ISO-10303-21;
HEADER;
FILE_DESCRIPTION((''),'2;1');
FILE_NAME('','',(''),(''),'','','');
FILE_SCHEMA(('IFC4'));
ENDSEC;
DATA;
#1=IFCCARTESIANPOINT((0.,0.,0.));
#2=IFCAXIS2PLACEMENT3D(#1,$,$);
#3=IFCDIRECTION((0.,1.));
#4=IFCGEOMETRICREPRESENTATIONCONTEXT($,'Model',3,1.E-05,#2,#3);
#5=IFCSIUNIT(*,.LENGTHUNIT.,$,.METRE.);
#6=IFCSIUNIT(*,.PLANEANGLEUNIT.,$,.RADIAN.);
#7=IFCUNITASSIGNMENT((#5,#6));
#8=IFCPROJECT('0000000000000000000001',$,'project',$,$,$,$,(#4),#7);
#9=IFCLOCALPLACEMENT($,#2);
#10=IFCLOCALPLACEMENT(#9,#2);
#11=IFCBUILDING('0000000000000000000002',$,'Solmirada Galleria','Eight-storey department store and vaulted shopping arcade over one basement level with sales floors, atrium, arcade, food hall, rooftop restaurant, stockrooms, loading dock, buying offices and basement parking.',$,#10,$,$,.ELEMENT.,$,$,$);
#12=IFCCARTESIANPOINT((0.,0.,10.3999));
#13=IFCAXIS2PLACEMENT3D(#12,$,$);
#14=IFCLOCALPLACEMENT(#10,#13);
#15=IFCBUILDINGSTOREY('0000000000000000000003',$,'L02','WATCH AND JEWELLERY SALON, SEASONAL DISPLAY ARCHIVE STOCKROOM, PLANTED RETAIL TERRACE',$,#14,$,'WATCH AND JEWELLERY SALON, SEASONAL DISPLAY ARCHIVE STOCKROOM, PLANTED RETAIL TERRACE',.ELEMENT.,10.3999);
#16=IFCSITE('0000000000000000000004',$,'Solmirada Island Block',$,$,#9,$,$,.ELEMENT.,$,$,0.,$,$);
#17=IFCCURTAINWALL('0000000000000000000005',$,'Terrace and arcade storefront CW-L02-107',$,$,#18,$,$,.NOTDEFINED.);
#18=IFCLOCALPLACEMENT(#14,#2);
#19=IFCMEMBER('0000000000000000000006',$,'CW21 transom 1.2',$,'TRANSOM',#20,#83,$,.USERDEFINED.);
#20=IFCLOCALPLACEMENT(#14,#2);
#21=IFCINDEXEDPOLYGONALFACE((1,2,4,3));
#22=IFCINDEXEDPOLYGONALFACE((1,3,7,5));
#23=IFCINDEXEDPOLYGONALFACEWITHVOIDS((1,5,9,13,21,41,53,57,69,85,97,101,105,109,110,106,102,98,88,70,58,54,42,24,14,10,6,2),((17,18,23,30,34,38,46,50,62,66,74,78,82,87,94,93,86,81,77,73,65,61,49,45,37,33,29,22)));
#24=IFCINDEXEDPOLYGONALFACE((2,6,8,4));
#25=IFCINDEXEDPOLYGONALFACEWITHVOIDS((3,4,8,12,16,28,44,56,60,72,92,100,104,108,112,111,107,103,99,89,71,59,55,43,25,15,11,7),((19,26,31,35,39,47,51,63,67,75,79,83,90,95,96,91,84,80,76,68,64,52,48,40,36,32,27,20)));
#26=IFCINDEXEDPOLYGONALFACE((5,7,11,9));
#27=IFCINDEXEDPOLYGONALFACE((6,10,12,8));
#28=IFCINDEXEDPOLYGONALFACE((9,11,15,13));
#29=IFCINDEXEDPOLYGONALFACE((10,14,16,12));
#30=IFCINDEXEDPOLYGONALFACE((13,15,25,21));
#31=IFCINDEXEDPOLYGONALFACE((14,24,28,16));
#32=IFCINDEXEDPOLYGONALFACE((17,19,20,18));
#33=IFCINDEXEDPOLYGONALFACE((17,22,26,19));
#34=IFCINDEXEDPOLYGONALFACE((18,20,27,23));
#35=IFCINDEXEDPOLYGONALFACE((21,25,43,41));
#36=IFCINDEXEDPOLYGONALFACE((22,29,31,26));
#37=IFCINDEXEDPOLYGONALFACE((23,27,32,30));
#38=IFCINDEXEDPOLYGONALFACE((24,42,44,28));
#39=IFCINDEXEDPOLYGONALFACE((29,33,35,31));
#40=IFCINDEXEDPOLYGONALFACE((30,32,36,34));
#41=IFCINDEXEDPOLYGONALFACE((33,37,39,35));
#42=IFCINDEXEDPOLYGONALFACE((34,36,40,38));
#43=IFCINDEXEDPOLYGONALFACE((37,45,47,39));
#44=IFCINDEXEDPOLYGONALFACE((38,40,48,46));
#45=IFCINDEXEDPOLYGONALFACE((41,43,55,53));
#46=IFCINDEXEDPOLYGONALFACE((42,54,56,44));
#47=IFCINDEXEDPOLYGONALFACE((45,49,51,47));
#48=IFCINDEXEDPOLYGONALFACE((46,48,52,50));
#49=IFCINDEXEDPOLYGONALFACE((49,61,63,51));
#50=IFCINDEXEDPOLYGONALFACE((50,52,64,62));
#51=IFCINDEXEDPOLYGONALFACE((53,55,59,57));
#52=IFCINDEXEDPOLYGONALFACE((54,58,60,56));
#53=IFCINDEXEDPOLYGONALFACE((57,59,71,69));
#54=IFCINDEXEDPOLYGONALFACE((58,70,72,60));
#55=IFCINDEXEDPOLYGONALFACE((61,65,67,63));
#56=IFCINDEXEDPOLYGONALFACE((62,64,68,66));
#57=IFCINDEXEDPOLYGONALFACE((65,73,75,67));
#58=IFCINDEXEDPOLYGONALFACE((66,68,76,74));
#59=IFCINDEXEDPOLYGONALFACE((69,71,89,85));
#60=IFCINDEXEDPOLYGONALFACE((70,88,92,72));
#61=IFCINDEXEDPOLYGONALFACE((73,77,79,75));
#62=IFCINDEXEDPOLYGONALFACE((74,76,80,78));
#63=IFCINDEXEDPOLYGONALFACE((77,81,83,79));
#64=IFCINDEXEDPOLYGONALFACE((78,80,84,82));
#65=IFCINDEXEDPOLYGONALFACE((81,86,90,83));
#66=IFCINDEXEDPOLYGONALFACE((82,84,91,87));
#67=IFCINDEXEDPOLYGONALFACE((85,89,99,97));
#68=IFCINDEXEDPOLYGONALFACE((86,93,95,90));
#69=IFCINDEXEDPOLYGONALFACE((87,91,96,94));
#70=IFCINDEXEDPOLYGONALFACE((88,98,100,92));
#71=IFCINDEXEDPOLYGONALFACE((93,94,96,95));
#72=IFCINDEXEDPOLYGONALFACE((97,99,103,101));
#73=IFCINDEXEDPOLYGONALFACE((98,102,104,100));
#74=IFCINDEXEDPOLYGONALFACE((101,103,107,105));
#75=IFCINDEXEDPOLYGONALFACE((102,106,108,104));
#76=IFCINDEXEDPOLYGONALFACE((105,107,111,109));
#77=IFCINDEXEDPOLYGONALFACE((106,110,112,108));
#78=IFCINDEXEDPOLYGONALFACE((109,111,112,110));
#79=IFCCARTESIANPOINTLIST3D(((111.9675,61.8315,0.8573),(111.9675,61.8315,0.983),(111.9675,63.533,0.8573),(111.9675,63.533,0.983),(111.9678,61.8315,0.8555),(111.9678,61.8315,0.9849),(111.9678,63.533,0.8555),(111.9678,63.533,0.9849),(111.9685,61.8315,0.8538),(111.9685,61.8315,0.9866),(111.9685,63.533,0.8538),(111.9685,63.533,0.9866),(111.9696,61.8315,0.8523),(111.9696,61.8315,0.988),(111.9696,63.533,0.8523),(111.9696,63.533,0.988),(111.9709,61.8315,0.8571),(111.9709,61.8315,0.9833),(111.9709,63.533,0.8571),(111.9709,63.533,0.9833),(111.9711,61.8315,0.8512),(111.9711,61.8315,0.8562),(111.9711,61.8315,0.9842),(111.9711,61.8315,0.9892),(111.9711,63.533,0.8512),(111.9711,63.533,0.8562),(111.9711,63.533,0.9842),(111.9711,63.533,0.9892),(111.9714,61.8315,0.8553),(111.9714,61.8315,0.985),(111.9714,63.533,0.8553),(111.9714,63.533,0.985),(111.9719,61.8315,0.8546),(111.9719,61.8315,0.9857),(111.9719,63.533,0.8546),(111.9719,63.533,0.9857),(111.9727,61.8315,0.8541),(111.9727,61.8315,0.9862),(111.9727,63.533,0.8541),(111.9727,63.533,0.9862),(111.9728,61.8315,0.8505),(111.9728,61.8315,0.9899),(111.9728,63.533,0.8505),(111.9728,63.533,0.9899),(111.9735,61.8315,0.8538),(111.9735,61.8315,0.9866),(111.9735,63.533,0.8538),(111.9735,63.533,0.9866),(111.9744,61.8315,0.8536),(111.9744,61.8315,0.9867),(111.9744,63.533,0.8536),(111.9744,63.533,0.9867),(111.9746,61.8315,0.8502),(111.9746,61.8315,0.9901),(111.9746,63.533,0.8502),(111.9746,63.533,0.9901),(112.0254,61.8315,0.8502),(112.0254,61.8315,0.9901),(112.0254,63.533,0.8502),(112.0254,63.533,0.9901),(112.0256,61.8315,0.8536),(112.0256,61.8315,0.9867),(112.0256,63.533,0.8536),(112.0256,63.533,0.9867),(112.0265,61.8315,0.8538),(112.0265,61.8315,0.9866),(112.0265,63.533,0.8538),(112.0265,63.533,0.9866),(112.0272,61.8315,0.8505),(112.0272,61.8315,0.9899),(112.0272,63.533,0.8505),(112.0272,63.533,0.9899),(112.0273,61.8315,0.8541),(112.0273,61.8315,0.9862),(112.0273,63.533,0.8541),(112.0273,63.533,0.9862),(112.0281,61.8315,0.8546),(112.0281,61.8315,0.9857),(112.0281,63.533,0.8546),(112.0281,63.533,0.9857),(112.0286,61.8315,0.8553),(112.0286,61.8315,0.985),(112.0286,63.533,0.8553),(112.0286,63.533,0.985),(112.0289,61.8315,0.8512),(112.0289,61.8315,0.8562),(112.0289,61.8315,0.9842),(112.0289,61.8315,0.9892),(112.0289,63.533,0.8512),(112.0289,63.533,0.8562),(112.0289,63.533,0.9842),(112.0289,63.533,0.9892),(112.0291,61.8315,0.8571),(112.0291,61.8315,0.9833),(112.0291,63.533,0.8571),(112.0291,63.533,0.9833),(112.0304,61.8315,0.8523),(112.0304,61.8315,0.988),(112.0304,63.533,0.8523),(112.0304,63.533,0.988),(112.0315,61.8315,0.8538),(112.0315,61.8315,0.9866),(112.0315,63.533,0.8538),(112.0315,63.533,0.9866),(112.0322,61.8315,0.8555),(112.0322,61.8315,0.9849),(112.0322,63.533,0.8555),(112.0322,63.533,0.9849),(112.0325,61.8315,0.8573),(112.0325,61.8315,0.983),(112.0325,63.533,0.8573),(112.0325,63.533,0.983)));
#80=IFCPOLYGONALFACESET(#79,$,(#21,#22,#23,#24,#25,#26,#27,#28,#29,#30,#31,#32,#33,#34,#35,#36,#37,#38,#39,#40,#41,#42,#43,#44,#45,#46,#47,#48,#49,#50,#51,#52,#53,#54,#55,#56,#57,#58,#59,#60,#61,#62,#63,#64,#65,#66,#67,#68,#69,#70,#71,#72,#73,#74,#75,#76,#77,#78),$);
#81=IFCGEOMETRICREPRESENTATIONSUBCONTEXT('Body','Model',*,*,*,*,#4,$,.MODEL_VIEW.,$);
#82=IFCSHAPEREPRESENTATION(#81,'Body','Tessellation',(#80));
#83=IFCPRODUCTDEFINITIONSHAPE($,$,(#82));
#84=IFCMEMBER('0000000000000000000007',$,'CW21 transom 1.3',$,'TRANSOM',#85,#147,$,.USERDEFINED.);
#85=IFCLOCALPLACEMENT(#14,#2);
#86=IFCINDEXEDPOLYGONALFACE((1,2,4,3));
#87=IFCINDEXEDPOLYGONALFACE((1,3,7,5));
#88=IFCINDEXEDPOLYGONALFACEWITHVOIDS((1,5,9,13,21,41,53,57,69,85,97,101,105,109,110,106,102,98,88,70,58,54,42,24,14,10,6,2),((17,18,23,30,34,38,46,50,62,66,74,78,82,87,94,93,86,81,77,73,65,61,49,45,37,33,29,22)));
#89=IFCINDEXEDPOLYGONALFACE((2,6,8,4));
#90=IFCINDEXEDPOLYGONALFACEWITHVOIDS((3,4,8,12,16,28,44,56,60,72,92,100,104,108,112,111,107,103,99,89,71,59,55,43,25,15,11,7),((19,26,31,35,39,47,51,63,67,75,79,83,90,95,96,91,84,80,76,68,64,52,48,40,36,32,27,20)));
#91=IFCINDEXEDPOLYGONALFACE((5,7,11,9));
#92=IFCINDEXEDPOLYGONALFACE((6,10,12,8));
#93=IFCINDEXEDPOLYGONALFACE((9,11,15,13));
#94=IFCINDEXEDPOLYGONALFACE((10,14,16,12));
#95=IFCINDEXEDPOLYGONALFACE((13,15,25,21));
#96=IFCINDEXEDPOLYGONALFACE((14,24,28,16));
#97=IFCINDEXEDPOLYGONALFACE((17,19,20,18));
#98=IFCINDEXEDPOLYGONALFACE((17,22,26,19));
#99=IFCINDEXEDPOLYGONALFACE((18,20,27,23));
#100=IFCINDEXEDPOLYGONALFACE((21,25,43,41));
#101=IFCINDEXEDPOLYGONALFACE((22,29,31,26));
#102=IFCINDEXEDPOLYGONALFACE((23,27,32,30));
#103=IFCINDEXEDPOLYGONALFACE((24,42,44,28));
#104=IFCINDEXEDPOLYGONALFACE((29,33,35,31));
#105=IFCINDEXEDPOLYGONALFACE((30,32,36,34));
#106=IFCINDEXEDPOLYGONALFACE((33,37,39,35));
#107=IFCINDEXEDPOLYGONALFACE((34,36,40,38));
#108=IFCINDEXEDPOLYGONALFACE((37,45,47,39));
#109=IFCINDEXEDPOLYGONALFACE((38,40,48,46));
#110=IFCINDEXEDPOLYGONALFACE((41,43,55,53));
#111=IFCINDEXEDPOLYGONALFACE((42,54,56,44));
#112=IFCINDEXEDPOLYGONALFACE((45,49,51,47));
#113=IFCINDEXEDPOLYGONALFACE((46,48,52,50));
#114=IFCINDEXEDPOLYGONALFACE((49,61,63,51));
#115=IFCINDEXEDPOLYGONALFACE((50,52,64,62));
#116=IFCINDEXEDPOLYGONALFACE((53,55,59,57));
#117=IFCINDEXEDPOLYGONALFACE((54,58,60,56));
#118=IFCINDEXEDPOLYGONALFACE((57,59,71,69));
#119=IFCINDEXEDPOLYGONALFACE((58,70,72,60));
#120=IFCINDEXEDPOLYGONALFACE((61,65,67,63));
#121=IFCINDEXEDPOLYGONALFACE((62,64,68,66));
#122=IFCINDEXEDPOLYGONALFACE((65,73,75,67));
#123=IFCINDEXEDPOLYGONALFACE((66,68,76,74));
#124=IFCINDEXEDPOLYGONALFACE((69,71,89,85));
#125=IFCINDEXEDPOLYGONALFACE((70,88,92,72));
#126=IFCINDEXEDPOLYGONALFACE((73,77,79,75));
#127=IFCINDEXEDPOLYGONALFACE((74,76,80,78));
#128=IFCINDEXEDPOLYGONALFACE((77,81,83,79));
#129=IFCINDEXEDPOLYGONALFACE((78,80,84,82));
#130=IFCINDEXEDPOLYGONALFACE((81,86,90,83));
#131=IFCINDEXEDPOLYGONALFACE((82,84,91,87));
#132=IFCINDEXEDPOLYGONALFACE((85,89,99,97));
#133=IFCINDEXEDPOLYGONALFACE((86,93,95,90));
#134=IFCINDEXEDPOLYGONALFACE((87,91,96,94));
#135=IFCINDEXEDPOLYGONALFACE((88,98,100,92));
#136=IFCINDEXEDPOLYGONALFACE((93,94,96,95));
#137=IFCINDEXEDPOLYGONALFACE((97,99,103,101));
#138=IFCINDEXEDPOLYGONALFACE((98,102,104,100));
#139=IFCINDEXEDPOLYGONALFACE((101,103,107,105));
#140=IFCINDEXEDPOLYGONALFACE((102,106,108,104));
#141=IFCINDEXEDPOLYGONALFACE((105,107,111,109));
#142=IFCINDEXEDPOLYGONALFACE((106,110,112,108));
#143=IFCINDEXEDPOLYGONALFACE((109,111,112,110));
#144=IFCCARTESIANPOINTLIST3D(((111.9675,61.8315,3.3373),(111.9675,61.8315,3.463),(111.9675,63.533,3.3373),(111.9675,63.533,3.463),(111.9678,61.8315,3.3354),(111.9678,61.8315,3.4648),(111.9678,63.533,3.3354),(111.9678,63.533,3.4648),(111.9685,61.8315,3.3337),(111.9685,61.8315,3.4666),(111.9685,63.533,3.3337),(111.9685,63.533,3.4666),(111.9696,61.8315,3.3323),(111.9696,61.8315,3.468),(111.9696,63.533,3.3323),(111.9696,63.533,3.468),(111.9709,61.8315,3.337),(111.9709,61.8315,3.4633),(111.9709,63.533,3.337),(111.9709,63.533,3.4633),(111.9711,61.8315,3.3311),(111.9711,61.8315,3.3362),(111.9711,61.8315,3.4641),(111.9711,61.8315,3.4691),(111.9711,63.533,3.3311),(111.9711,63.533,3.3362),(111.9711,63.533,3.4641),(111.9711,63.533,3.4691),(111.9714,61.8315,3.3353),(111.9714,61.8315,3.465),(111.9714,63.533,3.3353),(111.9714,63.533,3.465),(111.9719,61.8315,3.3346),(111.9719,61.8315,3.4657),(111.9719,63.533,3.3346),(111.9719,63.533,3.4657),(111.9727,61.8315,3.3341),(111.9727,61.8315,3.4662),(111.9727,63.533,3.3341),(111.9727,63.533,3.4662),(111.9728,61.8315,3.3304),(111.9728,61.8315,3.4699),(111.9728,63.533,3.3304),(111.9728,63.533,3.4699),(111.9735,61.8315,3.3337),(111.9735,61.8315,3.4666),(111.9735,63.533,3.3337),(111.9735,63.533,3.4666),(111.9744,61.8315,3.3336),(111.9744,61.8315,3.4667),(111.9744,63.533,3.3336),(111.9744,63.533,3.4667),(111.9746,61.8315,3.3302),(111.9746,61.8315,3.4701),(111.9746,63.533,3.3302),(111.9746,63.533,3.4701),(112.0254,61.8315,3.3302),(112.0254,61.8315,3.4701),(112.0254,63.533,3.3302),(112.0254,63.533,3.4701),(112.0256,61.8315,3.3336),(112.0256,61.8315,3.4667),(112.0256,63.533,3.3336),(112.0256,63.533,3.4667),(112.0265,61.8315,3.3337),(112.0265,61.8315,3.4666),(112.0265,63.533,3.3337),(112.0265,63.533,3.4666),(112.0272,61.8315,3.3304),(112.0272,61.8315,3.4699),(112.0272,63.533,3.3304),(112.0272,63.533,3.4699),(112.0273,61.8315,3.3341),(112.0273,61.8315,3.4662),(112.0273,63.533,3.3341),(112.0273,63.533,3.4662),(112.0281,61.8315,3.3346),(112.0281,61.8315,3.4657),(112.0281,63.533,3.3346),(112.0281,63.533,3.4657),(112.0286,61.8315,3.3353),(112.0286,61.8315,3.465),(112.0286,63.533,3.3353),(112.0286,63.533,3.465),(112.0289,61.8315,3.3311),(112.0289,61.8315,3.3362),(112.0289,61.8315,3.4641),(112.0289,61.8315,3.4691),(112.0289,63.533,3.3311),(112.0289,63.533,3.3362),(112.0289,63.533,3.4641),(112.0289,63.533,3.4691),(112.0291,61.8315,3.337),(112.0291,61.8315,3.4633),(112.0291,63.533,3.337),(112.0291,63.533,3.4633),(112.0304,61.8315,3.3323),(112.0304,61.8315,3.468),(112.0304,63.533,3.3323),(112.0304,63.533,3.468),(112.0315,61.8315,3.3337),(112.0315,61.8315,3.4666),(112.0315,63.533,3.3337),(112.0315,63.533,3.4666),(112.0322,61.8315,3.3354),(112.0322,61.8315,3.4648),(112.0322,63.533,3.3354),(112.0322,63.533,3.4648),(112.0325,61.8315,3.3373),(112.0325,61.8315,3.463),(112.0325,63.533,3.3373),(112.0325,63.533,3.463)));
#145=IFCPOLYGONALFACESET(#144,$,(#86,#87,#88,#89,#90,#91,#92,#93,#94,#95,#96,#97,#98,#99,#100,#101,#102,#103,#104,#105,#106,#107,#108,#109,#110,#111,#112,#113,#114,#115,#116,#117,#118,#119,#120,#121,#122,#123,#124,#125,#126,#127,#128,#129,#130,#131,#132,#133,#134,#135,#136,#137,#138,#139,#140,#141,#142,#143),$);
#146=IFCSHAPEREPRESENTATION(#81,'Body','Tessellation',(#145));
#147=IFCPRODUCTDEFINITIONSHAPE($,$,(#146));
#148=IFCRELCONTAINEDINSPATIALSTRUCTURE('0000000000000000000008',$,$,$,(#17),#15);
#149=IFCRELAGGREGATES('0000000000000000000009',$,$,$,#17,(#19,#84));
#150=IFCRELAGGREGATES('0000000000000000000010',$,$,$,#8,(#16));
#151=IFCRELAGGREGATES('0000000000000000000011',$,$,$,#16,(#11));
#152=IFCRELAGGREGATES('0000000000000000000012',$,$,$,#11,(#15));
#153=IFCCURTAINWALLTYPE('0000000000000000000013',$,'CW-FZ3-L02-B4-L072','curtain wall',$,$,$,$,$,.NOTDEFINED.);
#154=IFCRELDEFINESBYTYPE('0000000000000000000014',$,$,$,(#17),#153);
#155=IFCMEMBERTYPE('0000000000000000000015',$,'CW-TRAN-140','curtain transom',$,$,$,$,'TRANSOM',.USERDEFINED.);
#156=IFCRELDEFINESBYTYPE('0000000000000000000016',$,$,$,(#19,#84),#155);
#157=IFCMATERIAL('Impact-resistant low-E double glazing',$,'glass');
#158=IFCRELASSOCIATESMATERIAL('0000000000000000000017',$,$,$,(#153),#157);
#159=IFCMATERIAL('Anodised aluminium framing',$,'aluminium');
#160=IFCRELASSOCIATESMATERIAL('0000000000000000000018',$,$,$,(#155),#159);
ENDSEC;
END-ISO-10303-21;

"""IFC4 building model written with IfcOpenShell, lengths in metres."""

from ifc_helpers import new_model, si_unit, direction, frame, origin, origin_2d, place, context, subcontext, project, spatial, hollow_rectangle, extrude, material, material_profile, profile_set, type_object, element, aggregate, save


model = new_model("IFC4")

# Units and contexts
model_context = context("Model", 3, precision=1e-05, world=origin(), true_north=direction((0.0, 1.0)))
body_context = subcontext(model_context, "Body", "Model", "MODEL_VIEW")
ifc_project = project(units=[si_unit("LENGTHUNIT", "METRE"), si_unit("PLANEANGLEUNIT", "RADIAN")], contexts=[model_context])

# Site, building, storey
site_placement = place(None, origin())
site = spatial("IfcSite", under=ifc_project, at=site_placement, Name="Solmirada Island Block", CompositionType="ELEMENT", RefElevation=0.0)
building_placement = place(site_placement, origin())
building = spatial("IfcBuilding", under=site, at=building_placement, Name="Solmirada Galleria", Description="Eight-storey department store and vaulted shopping arcade over one basement level with sales floors, atrium, arcade, food hall, rooftop restaurant, stockrooms, loading dock, buying offices and basement parking.", CompositionType="ELEMENT")
storey_placement = place(building_placement, frame((0.0, 0.0, 10.3999)))
storey = spatial("IfcBuildingStorey", under=building, at=storey_placement, Name="L02", Description="WATCH AND JEWELLERY SALON, SEASONAL DISPLAY ARCHIVE STOCKROOM, PLANTED RETAIL TERRACE", LongName="WATCH AND JEWELLERY SALON, SEASONAL DISPLAY ARCHIVE STOCKROOM, PLANTED RETAIL TERRACE", CompositionType="ELEMENT", Elevation=10.3999)

# Curtain wall
ifc_material_1 = material(Name="Impact-resistant low-E double glazing", Category="glass")
curtain_wall_type_1 = type_object("IfcCurtainWallType", Name="CW-FZ3-L02-B4-L072", Description="curtain wall", PredefinedType="NOTDEFINED", material=ifc_material_1)
curtain_wall_1_placement = place(storey_placement, origin())
curtain_wall_1 = element("IfcCurtainWall", 1, at=curtain_wall_1_placement, inside=storey, type_object=curtain_wall_type_1, Name="Terrace and arcade storefront CW-L02-107", PredefinedType="NOTDEFINED")
ifc_material_2 = material(Name="Anodised aluminium framing", Category="aluminium")

# Members
ifc_material_profile_1 = material_profile(ifc_material_2, hollow_rectangle(XDim=0.0649, YDim=0.1399, WallThickness=0.0034, InnerFilletRadius=0.0034, OuterFilletRadius=0.0071, at=origin_2d()), Name="ALU-TRAN-140X65")
ifc_profile_set_1 = profile_set([ifc_material_profile_1], Name="Anodised aluminium framing")
member_type_1 = type_object("IfcMemberType", Name="CW-TRAN-140", Description="curtain transom", ElementType="TRANSOM", PredefinedType="USERDEFINED", material=ifc_profile_set_1)
member_1_placement = place(storey_placement, frame((112.0, 63.533, 0.9202), z_axis=(0.0, -1.0, 0.0), x_axis=(1.0, 0.0, 0.0)))
member_1 = element("IfcMember", 2, at=member_1_placement, type_object=member_type_1, Name="CW21 transom 1.2", ObjectType="TRANSOM", PredefinedType="USERDEFINED", context=body_context, shape_type="SweptSolid", body=[
    extrude(hollow_rectangle(XDim=0.0649, YDim=0.1399, WallThickness=0.0034, InnerFilletRadius=0.0034, OuterFilletRadius=0.0071, at=origin_2d()), origin(), (0.0, 0.0, 1.0), 1.7014),
])
member_2_placement = place(storey_placement, frame((112.0, 63.533, 3.4001), z_axis=(0.0, -1.0, 0.0), x_axis=(1.0, 0.0, 0.0)))
member_2 = element("IfcMember", 3, at=member_2_placement, type_object=member_type_1, Name="CW21 transom 1.3", ObjectType="TRANSOM", PredefinedType="USERDEFINED", context=body_context, shape_type="SweptSolid", body=[
    extrude(hollow_rectangle(XDim=0.0649, YDim=0.1399, WallThickness=0.0034, InnerFilletRadius=0.0034, OuterFilletRadius=0.0071, at=origin_2d()), origin(), (0.0, 0.0, 1.0), 1.7014),
])

aggregate(curtain_wall_1, [member_1, member_2])

save(model, "model.ifc")
